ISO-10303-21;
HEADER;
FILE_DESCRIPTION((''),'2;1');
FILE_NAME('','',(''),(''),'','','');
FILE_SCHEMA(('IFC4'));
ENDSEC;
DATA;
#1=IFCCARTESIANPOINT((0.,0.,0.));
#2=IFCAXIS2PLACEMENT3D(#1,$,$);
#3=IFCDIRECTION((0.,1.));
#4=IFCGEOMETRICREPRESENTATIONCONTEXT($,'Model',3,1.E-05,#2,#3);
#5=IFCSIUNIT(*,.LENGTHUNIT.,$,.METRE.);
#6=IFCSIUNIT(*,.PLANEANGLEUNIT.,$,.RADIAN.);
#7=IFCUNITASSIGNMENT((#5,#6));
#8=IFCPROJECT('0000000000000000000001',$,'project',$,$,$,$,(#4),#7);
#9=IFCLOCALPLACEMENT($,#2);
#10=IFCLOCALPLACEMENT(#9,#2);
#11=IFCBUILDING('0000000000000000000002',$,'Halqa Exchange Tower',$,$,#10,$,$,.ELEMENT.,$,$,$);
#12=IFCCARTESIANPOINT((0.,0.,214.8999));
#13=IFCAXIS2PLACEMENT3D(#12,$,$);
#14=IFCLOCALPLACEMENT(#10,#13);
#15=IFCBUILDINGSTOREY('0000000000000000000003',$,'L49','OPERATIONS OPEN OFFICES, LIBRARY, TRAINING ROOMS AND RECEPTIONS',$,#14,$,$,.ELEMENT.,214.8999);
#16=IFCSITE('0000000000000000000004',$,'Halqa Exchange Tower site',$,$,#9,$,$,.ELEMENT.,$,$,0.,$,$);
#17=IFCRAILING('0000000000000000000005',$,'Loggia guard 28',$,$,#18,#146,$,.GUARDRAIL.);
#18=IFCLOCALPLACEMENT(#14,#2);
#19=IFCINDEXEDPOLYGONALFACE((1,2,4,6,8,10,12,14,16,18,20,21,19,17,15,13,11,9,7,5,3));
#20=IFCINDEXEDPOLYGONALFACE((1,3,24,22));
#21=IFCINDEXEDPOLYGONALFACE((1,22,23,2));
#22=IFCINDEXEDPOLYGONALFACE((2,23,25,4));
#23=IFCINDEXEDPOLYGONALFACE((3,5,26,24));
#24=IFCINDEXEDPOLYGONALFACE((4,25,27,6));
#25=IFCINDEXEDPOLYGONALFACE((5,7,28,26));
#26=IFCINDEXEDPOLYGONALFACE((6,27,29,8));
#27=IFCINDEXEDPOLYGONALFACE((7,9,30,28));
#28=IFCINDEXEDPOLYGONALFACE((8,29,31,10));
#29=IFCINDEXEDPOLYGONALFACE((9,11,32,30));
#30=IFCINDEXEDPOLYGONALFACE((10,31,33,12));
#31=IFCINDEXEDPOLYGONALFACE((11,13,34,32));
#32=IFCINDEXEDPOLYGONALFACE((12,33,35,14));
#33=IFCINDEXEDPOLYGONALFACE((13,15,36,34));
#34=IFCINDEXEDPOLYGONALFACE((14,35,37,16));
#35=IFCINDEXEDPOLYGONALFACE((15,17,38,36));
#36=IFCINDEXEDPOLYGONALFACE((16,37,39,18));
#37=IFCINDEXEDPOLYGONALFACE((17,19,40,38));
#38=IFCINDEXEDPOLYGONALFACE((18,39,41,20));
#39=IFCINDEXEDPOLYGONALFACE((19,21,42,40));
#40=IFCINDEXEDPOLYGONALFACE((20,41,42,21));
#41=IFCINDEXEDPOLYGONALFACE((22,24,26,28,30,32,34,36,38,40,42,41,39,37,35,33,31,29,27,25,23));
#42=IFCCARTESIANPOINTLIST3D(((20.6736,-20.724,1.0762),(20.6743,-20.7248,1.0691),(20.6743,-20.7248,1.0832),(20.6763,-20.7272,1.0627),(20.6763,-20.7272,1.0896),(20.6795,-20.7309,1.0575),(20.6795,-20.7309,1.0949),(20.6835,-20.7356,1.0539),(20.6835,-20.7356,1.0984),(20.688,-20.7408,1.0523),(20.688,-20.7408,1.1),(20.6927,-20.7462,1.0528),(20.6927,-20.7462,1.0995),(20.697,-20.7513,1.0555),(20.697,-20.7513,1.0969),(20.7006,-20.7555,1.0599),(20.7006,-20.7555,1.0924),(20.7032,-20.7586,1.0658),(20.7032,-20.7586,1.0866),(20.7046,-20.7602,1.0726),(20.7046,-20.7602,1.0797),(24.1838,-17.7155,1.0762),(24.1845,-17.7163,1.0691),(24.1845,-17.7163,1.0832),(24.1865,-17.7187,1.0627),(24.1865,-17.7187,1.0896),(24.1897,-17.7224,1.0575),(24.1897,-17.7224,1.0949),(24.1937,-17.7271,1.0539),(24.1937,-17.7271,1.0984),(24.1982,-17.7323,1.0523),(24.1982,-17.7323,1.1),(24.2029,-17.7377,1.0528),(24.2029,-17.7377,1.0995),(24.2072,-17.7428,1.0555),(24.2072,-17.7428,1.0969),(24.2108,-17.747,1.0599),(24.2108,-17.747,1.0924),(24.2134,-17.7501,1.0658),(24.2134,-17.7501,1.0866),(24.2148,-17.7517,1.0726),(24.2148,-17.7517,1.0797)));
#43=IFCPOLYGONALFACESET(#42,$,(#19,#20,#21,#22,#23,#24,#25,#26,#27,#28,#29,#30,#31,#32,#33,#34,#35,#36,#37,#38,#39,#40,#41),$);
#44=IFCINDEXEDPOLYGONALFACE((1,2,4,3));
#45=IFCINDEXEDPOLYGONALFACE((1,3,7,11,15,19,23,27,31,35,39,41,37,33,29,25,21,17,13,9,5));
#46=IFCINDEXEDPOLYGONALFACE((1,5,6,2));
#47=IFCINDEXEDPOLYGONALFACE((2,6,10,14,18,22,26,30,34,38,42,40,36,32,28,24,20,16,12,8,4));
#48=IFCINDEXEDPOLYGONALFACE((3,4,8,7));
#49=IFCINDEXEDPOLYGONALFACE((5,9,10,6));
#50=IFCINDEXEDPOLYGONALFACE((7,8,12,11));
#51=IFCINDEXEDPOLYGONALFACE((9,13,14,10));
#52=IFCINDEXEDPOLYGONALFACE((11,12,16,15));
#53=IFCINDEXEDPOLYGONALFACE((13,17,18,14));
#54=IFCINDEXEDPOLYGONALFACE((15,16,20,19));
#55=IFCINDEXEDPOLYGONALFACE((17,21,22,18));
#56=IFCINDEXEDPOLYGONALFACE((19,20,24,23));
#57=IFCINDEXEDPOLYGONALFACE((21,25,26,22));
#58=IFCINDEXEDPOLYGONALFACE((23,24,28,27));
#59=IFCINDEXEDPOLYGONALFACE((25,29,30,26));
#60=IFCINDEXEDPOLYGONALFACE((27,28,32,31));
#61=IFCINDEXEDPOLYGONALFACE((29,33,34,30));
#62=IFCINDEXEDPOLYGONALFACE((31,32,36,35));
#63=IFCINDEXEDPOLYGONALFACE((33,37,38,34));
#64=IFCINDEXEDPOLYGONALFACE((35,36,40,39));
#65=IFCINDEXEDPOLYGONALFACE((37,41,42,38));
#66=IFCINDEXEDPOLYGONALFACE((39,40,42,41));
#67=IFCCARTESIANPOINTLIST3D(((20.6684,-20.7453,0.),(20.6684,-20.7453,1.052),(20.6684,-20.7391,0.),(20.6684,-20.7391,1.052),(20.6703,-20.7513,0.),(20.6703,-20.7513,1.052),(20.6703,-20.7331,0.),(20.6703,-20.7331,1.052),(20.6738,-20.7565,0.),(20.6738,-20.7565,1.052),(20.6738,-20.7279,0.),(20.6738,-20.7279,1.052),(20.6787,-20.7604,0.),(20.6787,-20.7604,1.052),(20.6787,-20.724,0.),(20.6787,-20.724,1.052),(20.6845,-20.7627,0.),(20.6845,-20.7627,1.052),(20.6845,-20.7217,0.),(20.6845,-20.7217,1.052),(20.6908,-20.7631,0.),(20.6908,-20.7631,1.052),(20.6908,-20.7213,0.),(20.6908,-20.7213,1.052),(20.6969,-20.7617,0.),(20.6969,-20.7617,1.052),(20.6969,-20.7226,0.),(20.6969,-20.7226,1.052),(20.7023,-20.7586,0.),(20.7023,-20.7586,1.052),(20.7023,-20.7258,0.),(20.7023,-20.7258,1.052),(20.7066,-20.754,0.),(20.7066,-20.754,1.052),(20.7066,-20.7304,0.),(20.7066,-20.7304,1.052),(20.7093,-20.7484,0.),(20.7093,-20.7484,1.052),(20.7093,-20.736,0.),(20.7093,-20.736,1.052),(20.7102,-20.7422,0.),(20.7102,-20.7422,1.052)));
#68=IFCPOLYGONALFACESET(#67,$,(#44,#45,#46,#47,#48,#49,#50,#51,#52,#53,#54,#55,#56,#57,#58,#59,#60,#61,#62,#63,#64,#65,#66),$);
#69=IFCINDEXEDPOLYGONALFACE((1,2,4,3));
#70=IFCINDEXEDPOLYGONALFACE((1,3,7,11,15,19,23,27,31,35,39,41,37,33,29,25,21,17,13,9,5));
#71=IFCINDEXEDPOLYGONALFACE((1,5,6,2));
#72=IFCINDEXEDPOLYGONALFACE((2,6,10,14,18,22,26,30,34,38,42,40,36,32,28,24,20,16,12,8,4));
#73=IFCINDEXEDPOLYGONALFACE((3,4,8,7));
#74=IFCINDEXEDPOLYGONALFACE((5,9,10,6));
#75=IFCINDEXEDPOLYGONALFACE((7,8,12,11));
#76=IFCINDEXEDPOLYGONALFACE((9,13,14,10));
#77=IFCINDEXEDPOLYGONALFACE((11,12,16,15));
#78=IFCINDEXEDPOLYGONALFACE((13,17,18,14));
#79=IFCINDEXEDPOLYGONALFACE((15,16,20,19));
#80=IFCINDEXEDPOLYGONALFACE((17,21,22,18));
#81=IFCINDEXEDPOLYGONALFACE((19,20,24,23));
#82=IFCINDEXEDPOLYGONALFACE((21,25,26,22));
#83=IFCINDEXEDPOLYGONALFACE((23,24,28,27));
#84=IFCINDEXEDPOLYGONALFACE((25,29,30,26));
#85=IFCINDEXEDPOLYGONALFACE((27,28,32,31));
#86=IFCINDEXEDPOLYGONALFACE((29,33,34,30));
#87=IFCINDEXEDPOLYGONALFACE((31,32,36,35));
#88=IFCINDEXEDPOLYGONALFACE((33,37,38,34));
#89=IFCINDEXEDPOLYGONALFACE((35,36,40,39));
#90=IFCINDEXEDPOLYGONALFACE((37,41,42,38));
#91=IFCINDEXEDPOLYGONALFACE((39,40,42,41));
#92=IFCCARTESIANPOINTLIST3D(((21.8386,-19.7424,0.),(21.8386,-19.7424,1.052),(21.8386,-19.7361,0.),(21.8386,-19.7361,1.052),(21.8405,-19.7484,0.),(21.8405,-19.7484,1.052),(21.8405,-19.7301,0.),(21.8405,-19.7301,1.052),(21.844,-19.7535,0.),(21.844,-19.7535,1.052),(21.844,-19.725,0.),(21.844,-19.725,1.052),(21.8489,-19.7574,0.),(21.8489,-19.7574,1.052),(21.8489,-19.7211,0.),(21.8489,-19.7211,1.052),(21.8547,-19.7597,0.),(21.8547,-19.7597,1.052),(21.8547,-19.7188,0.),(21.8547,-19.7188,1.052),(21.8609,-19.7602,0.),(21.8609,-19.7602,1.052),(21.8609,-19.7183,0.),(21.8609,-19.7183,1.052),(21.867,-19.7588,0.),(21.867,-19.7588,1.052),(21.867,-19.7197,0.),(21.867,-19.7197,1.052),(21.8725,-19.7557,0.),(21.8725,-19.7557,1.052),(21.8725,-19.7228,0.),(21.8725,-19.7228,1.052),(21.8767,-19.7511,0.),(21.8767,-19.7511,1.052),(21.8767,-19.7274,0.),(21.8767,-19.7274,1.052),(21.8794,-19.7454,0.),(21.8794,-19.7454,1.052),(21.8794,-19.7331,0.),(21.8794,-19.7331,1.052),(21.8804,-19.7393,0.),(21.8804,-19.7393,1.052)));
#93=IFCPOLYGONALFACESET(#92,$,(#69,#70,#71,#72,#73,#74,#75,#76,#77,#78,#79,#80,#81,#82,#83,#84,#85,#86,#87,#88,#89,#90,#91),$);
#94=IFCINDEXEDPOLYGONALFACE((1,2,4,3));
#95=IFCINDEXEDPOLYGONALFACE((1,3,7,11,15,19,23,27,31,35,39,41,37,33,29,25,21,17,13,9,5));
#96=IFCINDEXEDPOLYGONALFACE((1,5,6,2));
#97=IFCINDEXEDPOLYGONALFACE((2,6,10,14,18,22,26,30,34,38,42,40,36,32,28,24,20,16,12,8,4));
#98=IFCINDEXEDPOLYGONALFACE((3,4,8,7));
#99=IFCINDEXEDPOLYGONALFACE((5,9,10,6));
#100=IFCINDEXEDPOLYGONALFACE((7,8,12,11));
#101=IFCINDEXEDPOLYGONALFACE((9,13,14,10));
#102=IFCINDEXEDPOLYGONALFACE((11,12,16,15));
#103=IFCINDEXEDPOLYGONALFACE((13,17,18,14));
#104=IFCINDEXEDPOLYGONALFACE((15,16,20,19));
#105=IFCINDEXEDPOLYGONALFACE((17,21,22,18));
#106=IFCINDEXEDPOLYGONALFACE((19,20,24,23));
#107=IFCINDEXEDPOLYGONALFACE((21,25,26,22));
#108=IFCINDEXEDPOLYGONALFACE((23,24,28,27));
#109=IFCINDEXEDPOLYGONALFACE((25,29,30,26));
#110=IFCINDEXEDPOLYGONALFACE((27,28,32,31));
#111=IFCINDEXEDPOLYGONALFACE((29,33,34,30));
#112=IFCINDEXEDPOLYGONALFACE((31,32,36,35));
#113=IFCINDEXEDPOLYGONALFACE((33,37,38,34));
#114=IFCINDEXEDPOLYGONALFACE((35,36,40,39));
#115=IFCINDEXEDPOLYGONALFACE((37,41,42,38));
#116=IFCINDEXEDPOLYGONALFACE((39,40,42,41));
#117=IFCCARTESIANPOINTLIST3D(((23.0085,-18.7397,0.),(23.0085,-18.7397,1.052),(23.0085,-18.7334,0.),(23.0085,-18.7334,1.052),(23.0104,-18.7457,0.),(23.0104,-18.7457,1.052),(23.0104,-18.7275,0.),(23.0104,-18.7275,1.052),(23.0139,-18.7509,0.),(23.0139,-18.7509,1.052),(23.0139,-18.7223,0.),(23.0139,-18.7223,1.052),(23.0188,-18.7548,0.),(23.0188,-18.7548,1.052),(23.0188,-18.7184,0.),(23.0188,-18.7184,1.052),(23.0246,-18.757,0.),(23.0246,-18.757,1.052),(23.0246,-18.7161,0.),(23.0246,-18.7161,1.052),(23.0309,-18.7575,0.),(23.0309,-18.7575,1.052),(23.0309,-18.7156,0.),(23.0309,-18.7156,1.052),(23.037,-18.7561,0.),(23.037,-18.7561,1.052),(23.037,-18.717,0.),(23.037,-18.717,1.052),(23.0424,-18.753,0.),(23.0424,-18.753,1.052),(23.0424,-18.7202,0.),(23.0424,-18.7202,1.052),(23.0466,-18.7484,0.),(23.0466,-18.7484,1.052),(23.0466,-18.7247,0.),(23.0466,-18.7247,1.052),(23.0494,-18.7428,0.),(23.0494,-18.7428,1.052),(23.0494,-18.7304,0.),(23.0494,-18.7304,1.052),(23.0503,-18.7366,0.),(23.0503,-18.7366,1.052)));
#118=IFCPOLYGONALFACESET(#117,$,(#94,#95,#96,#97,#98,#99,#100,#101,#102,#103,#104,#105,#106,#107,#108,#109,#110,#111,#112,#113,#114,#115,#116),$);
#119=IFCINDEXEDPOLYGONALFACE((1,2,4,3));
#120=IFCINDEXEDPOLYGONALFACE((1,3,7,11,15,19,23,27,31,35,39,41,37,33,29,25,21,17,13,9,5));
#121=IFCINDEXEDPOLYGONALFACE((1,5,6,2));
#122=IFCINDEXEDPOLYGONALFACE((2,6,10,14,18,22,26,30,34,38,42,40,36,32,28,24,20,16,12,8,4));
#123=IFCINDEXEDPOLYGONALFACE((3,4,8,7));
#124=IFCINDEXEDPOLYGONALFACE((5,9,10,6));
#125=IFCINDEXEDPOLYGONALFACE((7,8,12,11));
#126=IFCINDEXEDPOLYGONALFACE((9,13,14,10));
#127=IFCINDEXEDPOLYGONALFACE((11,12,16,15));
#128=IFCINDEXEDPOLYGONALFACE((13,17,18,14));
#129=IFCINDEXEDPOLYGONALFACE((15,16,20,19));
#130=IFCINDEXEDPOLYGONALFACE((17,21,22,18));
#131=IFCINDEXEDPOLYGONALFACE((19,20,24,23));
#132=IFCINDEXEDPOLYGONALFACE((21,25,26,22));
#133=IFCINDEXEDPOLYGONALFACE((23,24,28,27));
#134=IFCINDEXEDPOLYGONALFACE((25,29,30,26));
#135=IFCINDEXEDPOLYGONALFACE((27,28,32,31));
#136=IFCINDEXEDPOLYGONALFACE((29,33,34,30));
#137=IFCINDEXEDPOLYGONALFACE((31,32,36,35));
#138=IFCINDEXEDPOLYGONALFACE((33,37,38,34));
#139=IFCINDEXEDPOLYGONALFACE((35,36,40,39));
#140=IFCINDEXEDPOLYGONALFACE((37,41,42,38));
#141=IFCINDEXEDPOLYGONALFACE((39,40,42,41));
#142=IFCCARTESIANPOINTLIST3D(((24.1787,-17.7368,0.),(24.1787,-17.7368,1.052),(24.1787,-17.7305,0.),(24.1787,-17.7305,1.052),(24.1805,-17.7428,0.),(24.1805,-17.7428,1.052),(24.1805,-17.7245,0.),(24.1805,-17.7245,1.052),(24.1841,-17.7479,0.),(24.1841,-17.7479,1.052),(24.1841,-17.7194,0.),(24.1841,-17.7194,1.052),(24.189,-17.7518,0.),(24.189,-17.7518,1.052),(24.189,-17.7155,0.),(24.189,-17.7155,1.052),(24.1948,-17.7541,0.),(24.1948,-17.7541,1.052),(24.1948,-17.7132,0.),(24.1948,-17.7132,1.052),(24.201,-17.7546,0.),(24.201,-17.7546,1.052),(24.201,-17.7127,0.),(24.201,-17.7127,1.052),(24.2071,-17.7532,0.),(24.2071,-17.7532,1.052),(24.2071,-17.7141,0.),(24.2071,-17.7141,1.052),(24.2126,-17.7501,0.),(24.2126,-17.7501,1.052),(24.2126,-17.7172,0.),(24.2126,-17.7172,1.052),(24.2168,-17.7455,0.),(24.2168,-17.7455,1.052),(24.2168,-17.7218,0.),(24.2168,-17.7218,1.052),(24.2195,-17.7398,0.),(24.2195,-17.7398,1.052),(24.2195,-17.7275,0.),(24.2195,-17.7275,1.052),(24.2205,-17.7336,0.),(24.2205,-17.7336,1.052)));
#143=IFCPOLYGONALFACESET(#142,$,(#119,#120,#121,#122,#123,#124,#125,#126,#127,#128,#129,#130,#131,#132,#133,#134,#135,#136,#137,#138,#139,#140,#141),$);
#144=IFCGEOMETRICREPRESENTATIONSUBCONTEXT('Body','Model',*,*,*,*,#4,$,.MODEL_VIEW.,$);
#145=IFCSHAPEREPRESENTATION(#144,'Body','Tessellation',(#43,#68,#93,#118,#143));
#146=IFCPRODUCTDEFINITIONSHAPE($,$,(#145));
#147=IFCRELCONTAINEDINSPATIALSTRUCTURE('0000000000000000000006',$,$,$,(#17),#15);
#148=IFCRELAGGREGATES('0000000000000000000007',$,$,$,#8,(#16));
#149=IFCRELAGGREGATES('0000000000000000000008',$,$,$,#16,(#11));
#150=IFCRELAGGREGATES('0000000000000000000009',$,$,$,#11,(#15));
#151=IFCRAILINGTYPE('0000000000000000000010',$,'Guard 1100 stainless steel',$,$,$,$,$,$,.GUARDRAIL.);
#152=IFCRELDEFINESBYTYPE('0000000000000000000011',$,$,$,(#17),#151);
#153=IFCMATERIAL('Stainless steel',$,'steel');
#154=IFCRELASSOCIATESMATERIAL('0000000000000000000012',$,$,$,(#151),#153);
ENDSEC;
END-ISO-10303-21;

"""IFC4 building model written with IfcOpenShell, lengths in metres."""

from ifc_helpers import new_model, si_unit, direction, frame, origin, origin_2d, place, context, subcontext, project, spatial, circle, extrude, material, type_object, element, save


model = new_model("IFC4")

# Units and contexts
model_context = context("Model", 3, precision=1e-05, world=origin(), true_north=direction((0.0, 1.0)))
body_context = subcontext(model_context, "Body", "Model", "MODEL_VIEW")
ifc_project = project(units=[si_unit("LENGTHUNIT", "METRE"), si_unit("PLANEANGLEUNIT", "RADIAN")], contexts=[model_context])

# Site, building, storey
site_placement = place(None, origin())
site = spatial("IfcSite", under=ifc_project, at=site_placement, Name="Halqa Exchange Tower site", CompositionType="ELEMENT", RefElevation=0.0)
building_placement = place(site_placement, origin())
building = spatial("IfcBuilding", under=site, at=building_placement, Name="Halqa Exchange Tower", CompositionType="ELEMENT")
storey_placement = place(building_placement, frame((0.0, 0.0, 214.8999)))
storey = spatial("IfcBuildingStorey", under=building, at=storey_placement, Name="L49", Description="OPERATIONS OPEN OFFICES, LIBRARY, TRAINING ROOMS AND RECEPTIONS", CompositionType="ELEMENT", Elevation=214.8999)

# Railing
ifc_material_1 = material(Name="Stainless steel", Category="steel")
railing_type = type_object("IfcRailingType", Name="Guard 1100 stainless steel", PredefinedType="GUARDRAIL", material=ifc_material_1)
railing_1_placement = place(storey_placement, frame((20.6892, -20.7422, 0.0)))
element("IfcRailing", 1, at=railing_1_placement, inside=storey, type_object=railing_type, Name="Loggia guard 28", PredefinedType="GUARDRAIL", context=body_context, shape_type="SweptSolid", body=[
    extrude(circle(Radius=0.0239, at=origin_2d()), frame((0.0, 0.0, 1.0762), z_axis=(0.759283, 0.650761, 0.0), x_axis=(-0.650761, 0.759283, 0.0)), (0.0, 0.0, 1.0), 4.623),
    extrude(circle(Radius=0.021, at=origin_2d()), origin(), (0.0, 0.0, 1.0), 1.052),
    extrude(circle(Radius=0.021, at=origin_2d()), frame((1.1702, 1.0029, 0.0)), (0.0, 0.0, 1.0), 1.052),
    extrude(circle(Radius=0.021, at=origin_2d()), frame((2.3401, 2.0056, 0.0)), (0.0, 0.0, 1.0), 1.052),
    extrude(circle(Radius=0.021, at=origin_2d()), frame((3.5103, 3.0085, 0.0)), (0.0, 0.0, 1.0), 1.052),
])

save(model, "model.ifc")
